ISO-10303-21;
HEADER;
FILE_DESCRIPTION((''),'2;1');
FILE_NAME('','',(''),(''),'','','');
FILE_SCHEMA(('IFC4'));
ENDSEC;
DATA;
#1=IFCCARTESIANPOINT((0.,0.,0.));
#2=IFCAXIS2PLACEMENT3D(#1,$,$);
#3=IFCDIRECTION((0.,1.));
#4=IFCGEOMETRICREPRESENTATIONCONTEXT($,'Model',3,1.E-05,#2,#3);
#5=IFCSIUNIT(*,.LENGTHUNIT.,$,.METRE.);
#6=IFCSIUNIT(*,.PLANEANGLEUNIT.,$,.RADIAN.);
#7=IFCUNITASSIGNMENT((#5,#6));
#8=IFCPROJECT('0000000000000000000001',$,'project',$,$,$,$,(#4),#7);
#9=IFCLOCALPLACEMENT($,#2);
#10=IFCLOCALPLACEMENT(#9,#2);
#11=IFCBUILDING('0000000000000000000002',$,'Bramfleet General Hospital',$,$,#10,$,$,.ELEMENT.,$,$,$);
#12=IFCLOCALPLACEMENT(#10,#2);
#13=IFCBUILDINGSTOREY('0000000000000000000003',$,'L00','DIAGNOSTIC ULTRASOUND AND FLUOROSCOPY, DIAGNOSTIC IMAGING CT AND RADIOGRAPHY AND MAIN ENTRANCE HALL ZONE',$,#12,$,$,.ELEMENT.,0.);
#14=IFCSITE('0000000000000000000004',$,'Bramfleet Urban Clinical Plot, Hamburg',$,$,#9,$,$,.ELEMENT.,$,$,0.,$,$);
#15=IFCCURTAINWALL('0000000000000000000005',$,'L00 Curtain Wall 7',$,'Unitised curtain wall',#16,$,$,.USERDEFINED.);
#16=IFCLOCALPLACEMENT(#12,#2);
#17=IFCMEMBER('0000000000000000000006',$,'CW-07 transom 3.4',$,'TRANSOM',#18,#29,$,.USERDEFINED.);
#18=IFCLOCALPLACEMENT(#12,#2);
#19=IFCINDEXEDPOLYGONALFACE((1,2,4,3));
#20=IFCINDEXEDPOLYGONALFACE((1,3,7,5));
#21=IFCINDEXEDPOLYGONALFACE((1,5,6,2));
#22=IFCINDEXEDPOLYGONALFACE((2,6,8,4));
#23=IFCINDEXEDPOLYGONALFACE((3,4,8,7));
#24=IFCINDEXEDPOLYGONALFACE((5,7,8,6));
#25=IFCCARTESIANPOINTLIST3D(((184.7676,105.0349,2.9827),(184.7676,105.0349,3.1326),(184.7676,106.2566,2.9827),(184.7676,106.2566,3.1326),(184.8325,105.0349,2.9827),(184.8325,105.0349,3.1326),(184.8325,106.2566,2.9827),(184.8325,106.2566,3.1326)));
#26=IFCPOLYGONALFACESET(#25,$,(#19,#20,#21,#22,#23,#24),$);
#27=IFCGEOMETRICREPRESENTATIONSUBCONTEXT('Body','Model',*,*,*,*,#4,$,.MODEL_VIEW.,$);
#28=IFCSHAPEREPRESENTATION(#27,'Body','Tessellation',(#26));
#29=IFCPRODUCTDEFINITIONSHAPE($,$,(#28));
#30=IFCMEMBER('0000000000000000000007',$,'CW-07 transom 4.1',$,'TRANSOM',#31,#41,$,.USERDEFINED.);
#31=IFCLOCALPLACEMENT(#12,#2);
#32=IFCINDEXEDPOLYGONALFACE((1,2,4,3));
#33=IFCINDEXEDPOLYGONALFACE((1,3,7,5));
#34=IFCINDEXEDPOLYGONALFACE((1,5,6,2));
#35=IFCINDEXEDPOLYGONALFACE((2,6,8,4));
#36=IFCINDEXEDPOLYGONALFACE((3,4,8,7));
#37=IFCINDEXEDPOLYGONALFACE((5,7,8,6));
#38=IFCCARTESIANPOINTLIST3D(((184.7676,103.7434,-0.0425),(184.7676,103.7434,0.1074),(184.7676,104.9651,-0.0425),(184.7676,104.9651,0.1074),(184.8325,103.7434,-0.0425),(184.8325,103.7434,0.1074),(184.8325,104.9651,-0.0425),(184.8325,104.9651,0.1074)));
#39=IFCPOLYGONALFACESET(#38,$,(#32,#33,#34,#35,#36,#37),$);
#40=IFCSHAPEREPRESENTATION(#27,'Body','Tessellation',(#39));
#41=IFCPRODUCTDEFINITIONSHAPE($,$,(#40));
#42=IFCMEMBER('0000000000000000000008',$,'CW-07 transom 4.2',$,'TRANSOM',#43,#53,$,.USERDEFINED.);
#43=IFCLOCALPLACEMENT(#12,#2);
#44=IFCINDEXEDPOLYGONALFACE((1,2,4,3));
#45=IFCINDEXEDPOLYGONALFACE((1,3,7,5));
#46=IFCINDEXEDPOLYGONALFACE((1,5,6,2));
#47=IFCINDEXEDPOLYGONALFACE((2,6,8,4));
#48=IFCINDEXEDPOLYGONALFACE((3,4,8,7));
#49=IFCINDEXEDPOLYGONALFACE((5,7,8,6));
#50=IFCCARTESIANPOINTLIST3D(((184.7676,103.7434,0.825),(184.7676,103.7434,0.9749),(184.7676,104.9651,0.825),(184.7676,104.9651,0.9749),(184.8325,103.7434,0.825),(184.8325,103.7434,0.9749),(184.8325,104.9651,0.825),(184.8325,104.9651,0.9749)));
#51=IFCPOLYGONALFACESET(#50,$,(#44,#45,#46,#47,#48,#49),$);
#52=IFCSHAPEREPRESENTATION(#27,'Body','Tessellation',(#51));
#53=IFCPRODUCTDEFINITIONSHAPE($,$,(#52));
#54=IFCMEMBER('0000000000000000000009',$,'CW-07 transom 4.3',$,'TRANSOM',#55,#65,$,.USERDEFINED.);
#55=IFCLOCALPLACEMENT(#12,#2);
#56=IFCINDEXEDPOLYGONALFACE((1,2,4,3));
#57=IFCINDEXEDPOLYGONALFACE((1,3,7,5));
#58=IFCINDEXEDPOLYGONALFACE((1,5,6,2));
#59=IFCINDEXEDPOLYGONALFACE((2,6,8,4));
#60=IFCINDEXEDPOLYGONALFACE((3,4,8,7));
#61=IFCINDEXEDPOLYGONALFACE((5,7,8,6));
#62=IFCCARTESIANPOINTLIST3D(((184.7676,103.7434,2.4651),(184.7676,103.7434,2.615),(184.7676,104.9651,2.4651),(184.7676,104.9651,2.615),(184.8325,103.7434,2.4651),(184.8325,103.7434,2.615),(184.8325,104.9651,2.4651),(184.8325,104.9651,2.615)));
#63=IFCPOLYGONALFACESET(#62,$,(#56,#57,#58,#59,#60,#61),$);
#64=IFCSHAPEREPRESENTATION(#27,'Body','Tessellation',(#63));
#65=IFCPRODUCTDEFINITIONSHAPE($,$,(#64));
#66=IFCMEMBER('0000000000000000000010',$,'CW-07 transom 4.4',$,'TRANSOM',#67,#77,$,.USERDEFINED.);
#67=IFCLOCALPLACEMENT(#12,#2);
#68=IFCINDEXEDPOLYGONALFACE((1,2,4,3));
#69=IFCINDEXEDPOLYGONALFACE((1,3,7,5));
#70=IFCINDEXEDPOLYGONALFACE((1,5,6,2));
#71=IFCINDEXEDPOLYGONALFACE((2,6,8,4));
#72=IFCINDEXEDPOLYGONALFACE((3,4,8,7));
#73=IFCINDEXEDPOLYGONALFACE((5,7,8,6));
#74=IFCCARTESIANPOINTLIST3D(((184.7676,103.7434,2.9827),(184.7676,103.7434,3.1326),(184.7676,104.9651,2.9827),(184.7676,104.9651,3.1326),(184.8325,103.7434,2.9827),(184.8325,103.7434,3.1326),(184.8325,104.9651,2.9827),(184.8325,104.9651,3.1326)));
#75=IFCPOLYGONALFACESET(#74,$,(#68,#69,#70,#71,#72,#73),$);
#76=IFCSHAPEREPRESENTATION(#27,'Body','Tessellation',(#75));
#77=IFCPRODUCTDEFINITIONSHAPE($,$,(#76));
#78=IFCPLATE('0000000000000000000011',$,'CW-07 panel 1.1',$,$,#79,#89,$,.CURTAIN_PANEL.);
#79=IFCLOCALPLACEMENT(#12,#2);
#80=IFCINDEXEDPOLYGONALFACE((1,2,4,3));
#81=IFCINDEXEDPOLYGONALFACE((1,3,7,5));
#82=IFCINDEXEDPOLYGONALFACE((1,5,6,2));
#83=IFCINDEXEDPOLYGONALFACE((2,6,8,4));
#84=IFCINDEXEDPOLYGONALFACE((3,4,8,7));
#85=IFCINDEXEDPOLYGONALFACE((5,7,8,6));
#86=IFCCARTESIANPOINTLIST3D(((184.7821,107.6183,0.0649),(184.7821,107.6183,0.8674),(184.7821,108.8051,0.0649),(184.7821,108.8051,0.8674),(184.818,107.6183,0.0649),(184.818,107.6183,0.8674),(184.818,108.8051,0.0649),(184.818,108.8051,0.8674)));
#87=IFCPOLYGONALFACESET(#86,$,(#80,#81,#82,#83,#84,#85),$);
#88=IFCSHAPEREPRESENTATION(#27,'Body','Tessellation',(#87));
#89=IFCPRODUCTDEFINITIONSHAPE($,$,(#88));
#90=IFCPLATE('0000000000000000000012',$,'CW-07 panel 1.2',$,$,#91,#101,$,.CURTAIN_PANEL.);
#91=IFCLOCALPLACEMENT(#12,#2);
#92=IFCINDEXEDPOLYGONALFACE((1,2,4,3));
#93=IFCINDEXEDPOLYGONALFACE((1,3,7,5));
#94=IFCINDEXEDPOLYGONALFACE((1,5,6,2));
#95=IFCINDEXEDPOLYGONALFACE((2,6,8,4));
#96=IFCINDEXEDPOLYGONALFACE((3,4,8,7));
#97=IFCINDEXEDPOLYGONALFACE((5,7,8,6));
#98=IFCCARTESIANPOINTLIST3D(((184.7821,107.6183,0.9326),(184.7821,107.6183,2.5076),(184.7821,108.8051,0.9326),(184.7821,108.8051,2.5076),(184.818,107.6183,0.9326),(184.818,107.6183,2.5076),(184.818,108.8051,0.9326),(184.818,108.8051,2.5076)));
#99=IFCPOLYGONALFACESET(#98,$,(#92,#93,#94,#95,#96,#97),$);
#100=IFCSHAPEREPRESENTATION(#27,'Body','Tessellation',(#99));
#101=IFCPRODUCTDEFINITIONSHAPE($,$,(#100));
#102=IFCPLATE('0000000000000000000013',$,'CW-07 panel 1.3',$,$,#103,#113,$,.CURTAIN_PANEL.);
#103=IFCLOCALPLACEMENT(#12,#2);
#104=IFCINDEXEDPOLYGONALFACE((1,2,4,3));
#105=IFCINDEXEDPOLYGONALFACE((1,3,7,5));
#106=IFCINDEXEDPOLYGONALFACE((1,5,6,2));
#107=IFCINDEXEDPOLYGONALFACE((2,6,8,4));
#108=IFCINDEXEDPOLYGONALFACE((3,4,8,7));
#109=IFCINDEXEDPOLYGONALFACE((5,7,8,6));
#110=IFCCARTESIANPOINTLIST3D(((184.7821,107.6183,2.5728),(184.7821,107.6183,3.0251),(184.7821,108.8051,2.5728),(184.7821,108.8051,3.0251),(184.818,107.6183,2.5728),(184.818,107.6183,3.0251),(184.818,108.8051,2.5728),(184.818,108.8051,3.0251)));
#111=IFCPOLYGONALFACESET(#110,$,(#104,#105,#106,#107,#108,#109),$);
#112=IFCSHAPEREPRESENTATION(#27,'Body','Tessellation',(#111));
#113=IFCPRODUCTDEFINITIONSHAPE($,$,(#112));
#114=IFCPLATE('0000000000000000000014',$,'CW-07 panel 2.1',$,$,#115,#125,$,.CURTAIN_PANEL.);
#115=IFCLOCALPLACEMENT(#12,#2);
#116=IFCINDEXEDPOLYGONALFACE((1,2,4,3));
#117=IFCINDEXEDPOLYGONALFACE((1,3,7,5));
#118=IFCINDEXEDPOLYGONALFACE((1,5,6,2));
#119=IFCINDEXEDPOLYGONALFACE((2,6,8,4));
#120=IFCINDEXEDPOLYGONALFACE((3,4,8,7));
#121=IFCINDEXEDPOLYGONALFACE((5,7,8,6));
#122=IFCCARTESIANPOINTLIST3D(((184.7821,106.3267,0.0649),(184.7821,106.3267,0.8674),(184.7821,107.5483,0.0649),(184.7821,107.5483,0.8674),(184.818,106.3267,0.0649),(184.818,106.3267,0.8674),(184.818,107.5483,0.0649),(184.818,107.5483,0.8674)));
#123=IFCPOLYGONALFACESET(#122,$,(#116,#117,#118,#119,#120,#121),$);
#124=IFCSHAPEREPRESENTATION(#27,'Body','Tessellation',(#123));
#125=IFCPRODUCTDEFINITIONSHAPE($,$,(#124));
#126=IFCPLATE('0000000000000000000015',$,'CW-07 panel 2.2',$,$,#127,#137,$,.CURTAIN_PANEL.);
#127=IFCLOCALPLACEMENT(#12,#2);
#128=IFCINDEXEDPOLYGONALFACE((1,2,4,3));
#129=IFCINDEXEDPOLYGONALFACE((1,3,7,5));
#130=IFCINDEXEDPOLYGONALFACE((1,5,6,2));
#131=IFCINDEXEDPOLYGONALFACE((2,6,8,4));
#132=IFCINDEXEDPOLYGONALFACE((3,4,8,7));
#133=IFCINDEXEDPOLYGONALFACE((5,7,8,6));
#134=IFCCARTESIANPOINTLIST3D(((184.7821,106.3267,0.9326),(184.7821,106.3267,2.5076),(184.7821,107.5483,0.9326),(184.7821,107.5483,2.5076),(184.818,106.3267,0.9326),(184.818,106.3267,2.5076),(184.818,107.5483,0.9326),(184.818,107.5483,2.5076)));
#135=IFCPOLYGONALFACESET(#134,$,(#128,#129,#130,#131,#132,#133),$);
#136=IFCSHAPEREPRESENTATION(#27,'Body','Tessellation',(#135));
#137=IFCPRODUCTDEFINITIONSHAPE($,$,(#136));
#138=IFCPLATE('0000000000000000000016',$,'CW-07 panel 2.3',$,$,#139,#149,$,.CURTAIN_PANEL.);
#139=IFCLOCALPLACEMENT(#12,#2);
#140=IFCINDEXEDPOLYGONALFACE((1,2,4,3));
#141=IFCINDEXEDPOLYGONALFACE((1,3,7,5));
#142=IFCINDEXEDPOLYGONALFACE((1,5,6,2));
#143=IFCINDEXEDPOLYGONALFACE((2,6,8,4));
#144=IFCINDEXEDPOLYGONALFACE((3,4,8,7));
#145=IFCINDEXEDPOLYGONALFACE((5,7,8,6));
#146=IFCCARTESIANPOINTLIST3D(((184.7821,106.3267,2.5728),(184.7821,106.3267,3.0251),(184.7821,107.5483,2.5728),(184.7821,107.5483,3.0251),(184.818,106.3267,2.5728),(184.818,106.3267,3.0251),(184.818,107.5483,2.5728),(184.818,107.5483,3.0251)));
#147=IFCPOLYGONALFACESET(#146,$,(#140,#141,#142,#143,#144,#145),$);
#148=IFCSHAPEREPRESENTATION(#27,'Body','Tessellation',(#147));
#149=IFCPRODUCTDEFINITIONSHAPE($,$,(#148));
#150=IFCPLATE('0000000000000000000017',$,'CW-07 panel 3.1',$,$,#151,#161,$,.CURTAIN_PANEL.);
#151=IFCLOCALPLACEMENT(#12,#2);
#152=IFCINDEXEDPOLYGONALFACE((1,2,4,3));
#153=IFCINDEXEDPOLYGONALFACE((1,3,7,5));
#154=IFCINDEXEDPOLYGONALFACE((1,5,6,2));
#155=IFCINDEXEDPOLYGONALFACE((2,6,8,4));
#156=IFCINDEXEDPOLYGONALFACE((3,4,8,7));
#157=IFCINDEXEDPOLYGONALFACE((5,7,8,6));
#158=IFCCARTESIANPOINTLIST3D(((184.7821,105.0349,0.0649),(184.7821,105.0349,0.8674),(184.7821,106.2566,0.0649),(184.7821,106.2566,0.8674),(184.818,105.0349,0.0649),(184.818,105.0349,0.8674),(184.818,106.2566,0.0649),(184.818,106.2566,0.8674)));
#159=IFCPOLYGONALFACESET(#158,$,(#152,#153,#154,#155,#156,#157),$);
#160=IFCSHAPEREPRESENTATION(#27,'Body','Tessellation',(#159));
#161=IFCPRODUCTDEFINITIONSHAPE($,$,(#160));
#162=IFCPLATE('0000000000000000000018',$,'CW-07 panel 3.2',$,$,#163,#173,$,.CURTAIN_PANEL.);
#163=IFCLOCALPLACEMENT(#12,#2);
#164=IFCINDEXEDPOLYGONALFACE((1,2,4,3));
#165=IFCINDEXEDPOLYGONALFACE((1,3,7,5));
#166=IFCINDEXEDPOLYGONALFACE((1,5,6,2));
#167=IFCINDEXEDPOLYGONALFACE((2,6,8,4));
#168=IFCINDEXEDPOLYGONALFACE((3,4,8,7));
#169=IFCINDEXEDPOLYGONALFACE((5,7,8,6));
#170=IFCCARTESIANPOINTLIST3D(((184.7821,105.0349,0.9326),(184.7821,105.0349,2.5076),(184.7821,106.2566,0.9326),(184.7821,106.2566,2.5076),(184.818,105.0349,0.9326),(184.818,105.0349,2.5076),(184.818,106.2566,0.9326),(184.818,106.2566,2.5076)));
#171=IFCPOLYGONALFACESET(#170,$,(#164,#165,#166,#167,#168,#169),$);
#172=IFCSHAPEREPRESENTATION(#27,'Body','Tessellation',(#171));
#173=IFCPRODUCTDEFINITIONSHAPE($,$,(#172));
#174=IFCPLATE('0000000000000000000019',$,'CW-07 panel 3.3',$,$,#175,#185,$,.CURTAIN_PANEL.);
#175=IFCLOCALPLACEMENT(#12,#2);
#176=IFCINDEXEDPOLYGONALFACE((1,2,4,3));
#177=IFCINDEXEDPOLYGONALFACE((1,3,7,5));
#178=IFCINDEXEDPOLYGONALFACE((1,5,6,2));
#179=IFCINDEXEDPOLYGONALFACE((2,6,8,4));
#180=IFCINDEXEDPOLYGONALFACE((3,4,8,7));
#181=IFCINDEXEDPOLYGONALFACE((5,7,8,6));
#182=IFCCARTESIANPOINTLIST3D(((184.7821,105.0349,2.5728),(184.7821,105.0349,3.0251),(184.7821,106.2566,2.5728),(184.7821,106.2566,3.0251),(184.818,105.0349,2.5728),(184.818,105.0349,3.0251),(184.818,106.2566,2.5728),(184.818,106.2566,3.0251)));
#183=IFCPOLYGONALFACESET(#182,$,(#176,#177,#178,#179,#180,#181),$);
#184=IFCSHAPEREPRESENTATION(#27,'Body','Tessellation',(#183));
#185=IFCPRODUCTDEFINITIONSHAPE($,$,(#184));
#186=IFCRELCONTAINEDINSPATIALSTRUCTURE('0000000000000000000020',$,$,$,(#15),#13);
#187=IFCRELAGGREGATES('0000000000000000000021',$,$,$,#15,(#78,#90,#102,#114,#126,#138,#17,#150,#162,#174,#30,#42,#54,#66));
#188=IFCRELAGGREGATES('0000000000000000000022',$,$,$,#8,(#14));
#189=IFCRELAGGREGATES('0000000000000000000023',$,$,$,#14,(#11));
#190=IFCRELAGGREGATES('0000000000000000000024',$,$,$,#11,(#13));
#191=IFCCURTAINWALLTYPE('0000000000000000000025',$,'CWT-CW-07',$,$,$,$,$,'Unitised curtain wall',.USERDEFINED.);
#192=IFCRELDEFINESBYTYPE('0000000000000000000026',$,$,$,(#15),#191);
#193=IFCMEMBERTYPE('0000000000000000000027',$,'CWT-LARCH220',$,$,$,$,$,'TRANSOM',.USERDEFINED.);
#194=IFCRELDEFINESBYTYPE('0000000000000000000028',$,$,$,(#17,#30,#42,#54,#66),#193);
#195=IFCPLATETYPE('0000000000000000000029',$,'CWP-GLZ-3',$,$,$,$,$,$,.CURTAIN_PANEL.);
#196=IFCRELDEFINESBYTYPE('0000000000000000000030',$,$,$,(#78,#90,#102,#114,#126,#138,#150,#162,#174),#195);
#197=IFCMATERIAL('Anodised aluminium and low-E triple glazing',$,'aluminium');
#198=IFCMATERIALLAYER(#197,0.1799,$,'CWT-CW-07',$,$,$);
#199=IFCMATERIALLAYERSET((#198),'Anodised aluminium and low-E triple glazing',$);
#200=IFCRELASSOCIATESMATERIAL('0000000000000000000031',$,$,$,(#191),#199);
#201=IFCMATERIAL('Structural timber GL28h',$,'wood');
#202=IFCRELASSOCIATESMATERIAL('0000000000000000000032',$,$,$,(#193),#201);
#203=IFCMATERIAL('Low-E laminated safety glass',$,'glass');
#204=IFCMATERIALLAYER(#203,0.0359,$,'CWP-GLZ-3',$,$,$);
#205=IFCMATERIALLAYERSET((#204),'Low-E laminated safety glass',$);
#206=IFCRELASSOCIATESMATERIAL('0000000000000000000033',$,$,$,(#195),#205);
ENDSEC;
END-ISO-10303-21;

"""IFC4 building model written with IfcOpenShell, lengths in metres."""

from ifc_helpers import new_model, si_unit, direction, frame, origin, origin_2d, place, context, subcontext, project, spatial, rectangle, extrude, material, layer, layer_set, material_profile, profile_set, type_object, element, aggregate, save


model = new_model("IFC4")

# Units and contexts
model_context = context("Model", 3, precision=1e-05, world=origin(), true_north=direction((0.0, 1.0)))
body_context = subcontext(model_context, "Body", "Model", "MODEL_VIEW")
ifc_project = project(units=[si_unit("LENGTHUNIT", "METRE"), si_unit("PLANEANGLEUNIT", "RADIAN")], contexts=[model_context])

# Site, building, storey
site_placement = place(None, origin())
site = spatial("IfcSite", under=ifc_project, at=site_placement, Name="Bramfleet Urban Clinical Plot, Hamburg", CompositionType="ELEMENT", RefElevation=0.0)
building_placement = place(site_placement, origin())
building = spatial("IfcBuilding", under=site, at=building_placement, Name="Bramfleet General Hospital", CompositionType="ELEMENT")
storey_placement = place(building_placement, origin())
storey = spatial("IfcBuildingStorey", under=building, at=storey_placement, Name="L00", Description="DIAGNOSTIC ULTRASOUND AND FLUOROSCOPY, DIAGNOSTIC IMAGING CT AND RADIOGRAPHY AND MAIN ENTRANCE HALL ZONE", CompositionType="ELEMENT", Elevation=0.0)

# Curtain wall, members, plates
ifc_material_1 = material(Name="Anodised aluminium and low-E triple glazing", Category="aluminium")
ifc_layer_1 = layer(ifc_material_1, 0.1799, Name="CWT-CW-07")
ifc_layer_set_1 = layer_set([ifc_layer_1], Name="Anodised aluminium and low-E triple glazing")
curtain_wall_type = type_object("IfcCurtainWallType", Name="CWT-CW-07", ElementType="Unitised curtain wall", PredefinedType="USERDEFINED", material=ifc_layer_set_1)
curtain_wall_placement = place(storey_placement, origin())
curtain_wall = element("IfcCurtainWall", 1, at=curtain_wall_placement, inside=storey, type_object=curtain_wall_type, Name="L00 Curtain Wall 7", ObjectType="Unitised curtain wall", PredefinedType="USERDEFINED")
ifc_material_2 = material(Name="Structural timber GL28h", Category="wood")
ifc_material_profile_1 = material_profile(ifc_material_2, rectangle(XDim=0.0649, YDim=0.1499, at=origin_2d()), Name="LARCH 150x65")
ifc_profile_set_1 = profile_set([ifc_material_profile_1], Name="Structural timber GL28h")
member_type_1 = type_object("IfcMemberType", Name="CWT-LARCH220", ElementType="TRANSOM", PredefinedType="USERDEFINED", material=ifc_profile_set_1)
member_1_placement = place(storey_placement, frame((184.8, 106.2566, 3.0576), z_axis=(0.0, -1.0, 0.0), x_axis=(1.0, 0.0, 0.0)))
member_1 = element("IfcMember", 2, at=member_1_placement, type_object=member_type_1, Name="CW-07 transom 3.4", ObjectType="TRANSOM", PredefinedType="USERDEFINED", context=body_context, shape_type="SweptSolid", body=[
    extrude(rectangle(XDim=0.0649, YDim=0.1499, at=origin_2d()), origin(), (0.0, 0.0, 1.0), 1.2217),
])
member_2_placement = place(storey_placement, frame((184.8, 104.9651, 0.0325), z_axis=(0.0, -1.0, 0.0), x_axis=(1.0, 0.0, 0.0)))
member_2 = element("IfcMember", 3, at=member_2_placement, type_object=member_type_1, Name="CW-07 transom 4.1", ObjectType="TRANSOM", PredefinedType="USERDEFINED", context=body_context, shape_type="SweptSolid", body=[
    extrude(rectangle(XDim=0.0649, YDim=0.1499, at=origin_2d()), origin(), (0.0, 0.0, 1.0), 1.2217),
])
member_3_placement = place(storey_placement, frame((184.8, 104.9651, 0.8999), z_axis=(0.0, -1.0, 0.0), x_axis=(1.0, 0.0, 0.0)))
member_3 = element("IfcMember", 4, at=member_3_placement, type_object=member_type_1, Name="CW-07 transom 4.2", ObjectType="TRANSOM", PredefinedType="USERDEFINED", context=body_context, shape_type="SweptSolid", body=[
    extrude(rectangle(XDim=0.0649, YDim=0.1499, at=origin_2d()), origin(), (0.0, 0.0, 1.0), 1.2217),
])
member_4_placement = place(storey_placement, frame((184.8, 104.9651, 2.54), z_axis=(0.0, -1.0, 0.0), x_axis=(1.0, 0.0, 0.0)))
member_4 = element("IfcMember", 5, at=member_4_placement, type_object=member_type_1, Name="CW-07 transom 4.3", ObjectType="TRANSOM", PredefinedType="USERDEFINED", context=body_context, shape_type="SweptSolid", body=[
    extrude(rectangle(XDim=0.0649, YDim=0.1499, at=origin_2d()), origin(), (0.0, 0.0, 1.0), 1.2217),
])
member_5_placement = place(storey_placement, frame((184.8, 104.9651, 3.0576), z_axis=(0.0, -1.0, 0.0), x_axis=(1.0, 0.0, 0.0)))
member_5 = element("IfcMember", 6, at=member_5_placement, type_object=member_type_1, Name="CW-07 transom 4.4", ObjectType="TRANSOM", PredefinedType="USERDEFINED", context=body_context, shape_type="SweptSolid", body=[
    extrude(rectangle(XDim=0.0649, YDim=0.1499, at=origin_2d()), origin(), (0.0, 0.0, 1.0), 1.2217),
])
ifc_material_3 = material(Name="Low-E laminated safety glass", Category="glass")
ifc_layer_2 = layer(ifc_material_3, 0.0359, Name="CWP-GLZ-3")
ifc_layer_set_2 = layer_set([ifc_layer_2], Name="Low-E laminated safety glass")
plate_type = type_object("IfcPlateType", Name="CWP-GLZ-3", PredefinedType="CURTAIN_PANEL", material=ifc_layer_set_2)
plate_1_placement = place(storey_placement, frame((184.8, 108.2117, 0.0649), z_axis=(0.0, 0.0, 1.0), x_axis=(0.0, -1.0, 0.0)))
plate_1 = element("IfcPlate", 7, at=plate_1_placement, type_object=plate_type, Name="CW-07 panel 1.1", PredefinedType="CURTAIN_PANEL", context=body_context, shape_type="SweptSolid", body=[
    extrude(rectangle(XDim=1.1868, YDim=0.0359, at=origin_2d()), origin(), (0.0, 0.0, 1.0), 0.8025),
])
plate_2_placement = place(storey_placement, frame((184.8, 108.2117, 0.9326), z_axis=(0.0, 0.0, 1.0), x_axis=(0.0, -1.0, 0.0)))
plate_2 = element("IfcPlate", 8, at=plate_2_placement, type_object=plate_type, Name="CW-07 panel 1.2", PredefinedType="CURTAIN_PANEL", context=body_context, shape_type="SweptSolid", body=[
    extrude(rectangle(XDim=1.1868, YDim=0.0359, at=origin_2d()), origin(), (0.0, 0.0, 1.0), 1.575),
])
plate_3_placement = place(storey_placement, frame((184.8, 108.2117, 2.5728), z_axis=(0.0, 0.0, 1.0), x_axis=(0.0, -1.0, 0.0)))
plate_3 = element("IfcPlate", 9, at=plate_3_placement, type_object=plate_type, Name="CW-07 panel 1.3", PredefinedType="CURTAIN_PANEL", context=body_context, shape_type="SweptSolid", body=[
    extrude(rectangle(XDim=1.1868, YDim=0.0359, at=origin_2d()), origin(), (0.0, 0.0, 1.0), 0.4524),
])
plate_4_placement = place(storey_placement, frame((184.8, 106.9375, 0.0649), z_axis=(0.0, 0.0, 1.0), x_axis=(0.0, -1.0, 0.0)))
plate_4 = element("IfcPlate", 10, at=plate_4_placement, type_object=plate_type, Name="CW-07 panel 2.1", PredefinedType="CURTAIN_PANEL", context=body_context, shape_type="SweptSolid", body=[
    extrude(rectangle(XDim=1.2217, YDim=0.0359, at=origin_2d()), origin(), (0.0, 0.0, 1.0), 0.8025),
])
plate_5_placement = place(storey_placement, frame((184.8, 106.9375, 0.9326), z_axis=(0.0, 0.0, 1.0), x_axis=(0.0, -1.0, 0.0)))
plate_5 = element("IfcPlate", 11, at=plate_5_placement, type_object=plate_type, Name="CW-07 panel 2.2", PredefinedType="CURTAIN_PANEL", context=body_context, shape_type="SweptSolid", body=[
    extrude(rectangle(XDim=1.2217, YDim=0.0359, at=origin_2d()), origin(), (0.0, 0.0, 1.0), 1.575),
])
plate_6_placement = place(storey_placement, frame((184.8, 106.9375, 2.5728), z_axis=(0.0, 0.0, 1.0), x_axis=(0.0, -1.0, 0.0)))
plate_6 = element("IfcPlate", 12, at=plate_6_placement, type_object=plate_type, Name="CW-07 panel 2.3", PredefinedType="CURTAIN_PANEL", context=body_context, shape_type="SweptSolid", body=[
    extrude(rectangle(XDim=1.2217, YDim=0.0359, at=origin_2d()), origin(), (0.0, 0.0, 1.0), 0.4524),
])
plate_7_placement = place(storey_placement, frame((184.8, 105.6458, 0.0649), z_axis=(0.0, 0.0, 1.0), x_axis=(0.0, -1.0, 0.0)))
plate_7 = element("IfcPlate", 13, at=plate_7_placement, type_object=plate_type, Name="CW-07 panel 3.1", PredefinedType="CURTAIN_PANEL", context=body_context, shape_type="SweptSolid", body=[
    extrude(rectangle(XDim=1.2217, YDim=0.0359, at=origin_2d()), origin(), (0.0, 0.0, 1.0), 0.8025),
])
plate_8_placement = place(storey_placement, frame((184.8, 105.6458, 0.9326), z_axis=(0.0, 0.0, 1.0), x_axis=(0.0, -1.0, 0.0)))
plate_8 = element("IfcPlate", 14, at=plate_8_placement, type_object=plate_type, Name="CW-07 panel 3.2", PredefinedType="CURTAIN_PANEL", context=body_context, shape_type="SweptSolid", body=[
    extrude(rectangle(XDim=1.2217, YDim=0.0359, at=origin_2d()), origin(), (0.0, 0.0, 1.0), 1.575),
])
plate_9_placement = place(storey_placement, frame((184.8, 105.6458, 2.5728), z_axis=(0.0, 0.0, 1.0), x_axis=(0.0, -1.0, 0.0)))
plate_9 = element("IfcPlate", 15, at=plate_9_placement, type_object=plate_type, Name="CW-07 panel 3.3", PredefinedType="CURTAIN_PANEL", context=body_context, shape_type="SweptSolid", body=[
    extrude(rectangle(XDim=1.2217, YDim=0.0359, at=origin_2d()), origin(), (0.0, 0.0, 1.0), 0.4524),
])
aggregate(curtain_wall, [plate_1, plate_2, plate_3, plate_4, plate_5, plate_6, member_1, plate_7, plate_8, plate_9, member_2, member_3, member_4, member_5])

save(model, "model.ifc")
